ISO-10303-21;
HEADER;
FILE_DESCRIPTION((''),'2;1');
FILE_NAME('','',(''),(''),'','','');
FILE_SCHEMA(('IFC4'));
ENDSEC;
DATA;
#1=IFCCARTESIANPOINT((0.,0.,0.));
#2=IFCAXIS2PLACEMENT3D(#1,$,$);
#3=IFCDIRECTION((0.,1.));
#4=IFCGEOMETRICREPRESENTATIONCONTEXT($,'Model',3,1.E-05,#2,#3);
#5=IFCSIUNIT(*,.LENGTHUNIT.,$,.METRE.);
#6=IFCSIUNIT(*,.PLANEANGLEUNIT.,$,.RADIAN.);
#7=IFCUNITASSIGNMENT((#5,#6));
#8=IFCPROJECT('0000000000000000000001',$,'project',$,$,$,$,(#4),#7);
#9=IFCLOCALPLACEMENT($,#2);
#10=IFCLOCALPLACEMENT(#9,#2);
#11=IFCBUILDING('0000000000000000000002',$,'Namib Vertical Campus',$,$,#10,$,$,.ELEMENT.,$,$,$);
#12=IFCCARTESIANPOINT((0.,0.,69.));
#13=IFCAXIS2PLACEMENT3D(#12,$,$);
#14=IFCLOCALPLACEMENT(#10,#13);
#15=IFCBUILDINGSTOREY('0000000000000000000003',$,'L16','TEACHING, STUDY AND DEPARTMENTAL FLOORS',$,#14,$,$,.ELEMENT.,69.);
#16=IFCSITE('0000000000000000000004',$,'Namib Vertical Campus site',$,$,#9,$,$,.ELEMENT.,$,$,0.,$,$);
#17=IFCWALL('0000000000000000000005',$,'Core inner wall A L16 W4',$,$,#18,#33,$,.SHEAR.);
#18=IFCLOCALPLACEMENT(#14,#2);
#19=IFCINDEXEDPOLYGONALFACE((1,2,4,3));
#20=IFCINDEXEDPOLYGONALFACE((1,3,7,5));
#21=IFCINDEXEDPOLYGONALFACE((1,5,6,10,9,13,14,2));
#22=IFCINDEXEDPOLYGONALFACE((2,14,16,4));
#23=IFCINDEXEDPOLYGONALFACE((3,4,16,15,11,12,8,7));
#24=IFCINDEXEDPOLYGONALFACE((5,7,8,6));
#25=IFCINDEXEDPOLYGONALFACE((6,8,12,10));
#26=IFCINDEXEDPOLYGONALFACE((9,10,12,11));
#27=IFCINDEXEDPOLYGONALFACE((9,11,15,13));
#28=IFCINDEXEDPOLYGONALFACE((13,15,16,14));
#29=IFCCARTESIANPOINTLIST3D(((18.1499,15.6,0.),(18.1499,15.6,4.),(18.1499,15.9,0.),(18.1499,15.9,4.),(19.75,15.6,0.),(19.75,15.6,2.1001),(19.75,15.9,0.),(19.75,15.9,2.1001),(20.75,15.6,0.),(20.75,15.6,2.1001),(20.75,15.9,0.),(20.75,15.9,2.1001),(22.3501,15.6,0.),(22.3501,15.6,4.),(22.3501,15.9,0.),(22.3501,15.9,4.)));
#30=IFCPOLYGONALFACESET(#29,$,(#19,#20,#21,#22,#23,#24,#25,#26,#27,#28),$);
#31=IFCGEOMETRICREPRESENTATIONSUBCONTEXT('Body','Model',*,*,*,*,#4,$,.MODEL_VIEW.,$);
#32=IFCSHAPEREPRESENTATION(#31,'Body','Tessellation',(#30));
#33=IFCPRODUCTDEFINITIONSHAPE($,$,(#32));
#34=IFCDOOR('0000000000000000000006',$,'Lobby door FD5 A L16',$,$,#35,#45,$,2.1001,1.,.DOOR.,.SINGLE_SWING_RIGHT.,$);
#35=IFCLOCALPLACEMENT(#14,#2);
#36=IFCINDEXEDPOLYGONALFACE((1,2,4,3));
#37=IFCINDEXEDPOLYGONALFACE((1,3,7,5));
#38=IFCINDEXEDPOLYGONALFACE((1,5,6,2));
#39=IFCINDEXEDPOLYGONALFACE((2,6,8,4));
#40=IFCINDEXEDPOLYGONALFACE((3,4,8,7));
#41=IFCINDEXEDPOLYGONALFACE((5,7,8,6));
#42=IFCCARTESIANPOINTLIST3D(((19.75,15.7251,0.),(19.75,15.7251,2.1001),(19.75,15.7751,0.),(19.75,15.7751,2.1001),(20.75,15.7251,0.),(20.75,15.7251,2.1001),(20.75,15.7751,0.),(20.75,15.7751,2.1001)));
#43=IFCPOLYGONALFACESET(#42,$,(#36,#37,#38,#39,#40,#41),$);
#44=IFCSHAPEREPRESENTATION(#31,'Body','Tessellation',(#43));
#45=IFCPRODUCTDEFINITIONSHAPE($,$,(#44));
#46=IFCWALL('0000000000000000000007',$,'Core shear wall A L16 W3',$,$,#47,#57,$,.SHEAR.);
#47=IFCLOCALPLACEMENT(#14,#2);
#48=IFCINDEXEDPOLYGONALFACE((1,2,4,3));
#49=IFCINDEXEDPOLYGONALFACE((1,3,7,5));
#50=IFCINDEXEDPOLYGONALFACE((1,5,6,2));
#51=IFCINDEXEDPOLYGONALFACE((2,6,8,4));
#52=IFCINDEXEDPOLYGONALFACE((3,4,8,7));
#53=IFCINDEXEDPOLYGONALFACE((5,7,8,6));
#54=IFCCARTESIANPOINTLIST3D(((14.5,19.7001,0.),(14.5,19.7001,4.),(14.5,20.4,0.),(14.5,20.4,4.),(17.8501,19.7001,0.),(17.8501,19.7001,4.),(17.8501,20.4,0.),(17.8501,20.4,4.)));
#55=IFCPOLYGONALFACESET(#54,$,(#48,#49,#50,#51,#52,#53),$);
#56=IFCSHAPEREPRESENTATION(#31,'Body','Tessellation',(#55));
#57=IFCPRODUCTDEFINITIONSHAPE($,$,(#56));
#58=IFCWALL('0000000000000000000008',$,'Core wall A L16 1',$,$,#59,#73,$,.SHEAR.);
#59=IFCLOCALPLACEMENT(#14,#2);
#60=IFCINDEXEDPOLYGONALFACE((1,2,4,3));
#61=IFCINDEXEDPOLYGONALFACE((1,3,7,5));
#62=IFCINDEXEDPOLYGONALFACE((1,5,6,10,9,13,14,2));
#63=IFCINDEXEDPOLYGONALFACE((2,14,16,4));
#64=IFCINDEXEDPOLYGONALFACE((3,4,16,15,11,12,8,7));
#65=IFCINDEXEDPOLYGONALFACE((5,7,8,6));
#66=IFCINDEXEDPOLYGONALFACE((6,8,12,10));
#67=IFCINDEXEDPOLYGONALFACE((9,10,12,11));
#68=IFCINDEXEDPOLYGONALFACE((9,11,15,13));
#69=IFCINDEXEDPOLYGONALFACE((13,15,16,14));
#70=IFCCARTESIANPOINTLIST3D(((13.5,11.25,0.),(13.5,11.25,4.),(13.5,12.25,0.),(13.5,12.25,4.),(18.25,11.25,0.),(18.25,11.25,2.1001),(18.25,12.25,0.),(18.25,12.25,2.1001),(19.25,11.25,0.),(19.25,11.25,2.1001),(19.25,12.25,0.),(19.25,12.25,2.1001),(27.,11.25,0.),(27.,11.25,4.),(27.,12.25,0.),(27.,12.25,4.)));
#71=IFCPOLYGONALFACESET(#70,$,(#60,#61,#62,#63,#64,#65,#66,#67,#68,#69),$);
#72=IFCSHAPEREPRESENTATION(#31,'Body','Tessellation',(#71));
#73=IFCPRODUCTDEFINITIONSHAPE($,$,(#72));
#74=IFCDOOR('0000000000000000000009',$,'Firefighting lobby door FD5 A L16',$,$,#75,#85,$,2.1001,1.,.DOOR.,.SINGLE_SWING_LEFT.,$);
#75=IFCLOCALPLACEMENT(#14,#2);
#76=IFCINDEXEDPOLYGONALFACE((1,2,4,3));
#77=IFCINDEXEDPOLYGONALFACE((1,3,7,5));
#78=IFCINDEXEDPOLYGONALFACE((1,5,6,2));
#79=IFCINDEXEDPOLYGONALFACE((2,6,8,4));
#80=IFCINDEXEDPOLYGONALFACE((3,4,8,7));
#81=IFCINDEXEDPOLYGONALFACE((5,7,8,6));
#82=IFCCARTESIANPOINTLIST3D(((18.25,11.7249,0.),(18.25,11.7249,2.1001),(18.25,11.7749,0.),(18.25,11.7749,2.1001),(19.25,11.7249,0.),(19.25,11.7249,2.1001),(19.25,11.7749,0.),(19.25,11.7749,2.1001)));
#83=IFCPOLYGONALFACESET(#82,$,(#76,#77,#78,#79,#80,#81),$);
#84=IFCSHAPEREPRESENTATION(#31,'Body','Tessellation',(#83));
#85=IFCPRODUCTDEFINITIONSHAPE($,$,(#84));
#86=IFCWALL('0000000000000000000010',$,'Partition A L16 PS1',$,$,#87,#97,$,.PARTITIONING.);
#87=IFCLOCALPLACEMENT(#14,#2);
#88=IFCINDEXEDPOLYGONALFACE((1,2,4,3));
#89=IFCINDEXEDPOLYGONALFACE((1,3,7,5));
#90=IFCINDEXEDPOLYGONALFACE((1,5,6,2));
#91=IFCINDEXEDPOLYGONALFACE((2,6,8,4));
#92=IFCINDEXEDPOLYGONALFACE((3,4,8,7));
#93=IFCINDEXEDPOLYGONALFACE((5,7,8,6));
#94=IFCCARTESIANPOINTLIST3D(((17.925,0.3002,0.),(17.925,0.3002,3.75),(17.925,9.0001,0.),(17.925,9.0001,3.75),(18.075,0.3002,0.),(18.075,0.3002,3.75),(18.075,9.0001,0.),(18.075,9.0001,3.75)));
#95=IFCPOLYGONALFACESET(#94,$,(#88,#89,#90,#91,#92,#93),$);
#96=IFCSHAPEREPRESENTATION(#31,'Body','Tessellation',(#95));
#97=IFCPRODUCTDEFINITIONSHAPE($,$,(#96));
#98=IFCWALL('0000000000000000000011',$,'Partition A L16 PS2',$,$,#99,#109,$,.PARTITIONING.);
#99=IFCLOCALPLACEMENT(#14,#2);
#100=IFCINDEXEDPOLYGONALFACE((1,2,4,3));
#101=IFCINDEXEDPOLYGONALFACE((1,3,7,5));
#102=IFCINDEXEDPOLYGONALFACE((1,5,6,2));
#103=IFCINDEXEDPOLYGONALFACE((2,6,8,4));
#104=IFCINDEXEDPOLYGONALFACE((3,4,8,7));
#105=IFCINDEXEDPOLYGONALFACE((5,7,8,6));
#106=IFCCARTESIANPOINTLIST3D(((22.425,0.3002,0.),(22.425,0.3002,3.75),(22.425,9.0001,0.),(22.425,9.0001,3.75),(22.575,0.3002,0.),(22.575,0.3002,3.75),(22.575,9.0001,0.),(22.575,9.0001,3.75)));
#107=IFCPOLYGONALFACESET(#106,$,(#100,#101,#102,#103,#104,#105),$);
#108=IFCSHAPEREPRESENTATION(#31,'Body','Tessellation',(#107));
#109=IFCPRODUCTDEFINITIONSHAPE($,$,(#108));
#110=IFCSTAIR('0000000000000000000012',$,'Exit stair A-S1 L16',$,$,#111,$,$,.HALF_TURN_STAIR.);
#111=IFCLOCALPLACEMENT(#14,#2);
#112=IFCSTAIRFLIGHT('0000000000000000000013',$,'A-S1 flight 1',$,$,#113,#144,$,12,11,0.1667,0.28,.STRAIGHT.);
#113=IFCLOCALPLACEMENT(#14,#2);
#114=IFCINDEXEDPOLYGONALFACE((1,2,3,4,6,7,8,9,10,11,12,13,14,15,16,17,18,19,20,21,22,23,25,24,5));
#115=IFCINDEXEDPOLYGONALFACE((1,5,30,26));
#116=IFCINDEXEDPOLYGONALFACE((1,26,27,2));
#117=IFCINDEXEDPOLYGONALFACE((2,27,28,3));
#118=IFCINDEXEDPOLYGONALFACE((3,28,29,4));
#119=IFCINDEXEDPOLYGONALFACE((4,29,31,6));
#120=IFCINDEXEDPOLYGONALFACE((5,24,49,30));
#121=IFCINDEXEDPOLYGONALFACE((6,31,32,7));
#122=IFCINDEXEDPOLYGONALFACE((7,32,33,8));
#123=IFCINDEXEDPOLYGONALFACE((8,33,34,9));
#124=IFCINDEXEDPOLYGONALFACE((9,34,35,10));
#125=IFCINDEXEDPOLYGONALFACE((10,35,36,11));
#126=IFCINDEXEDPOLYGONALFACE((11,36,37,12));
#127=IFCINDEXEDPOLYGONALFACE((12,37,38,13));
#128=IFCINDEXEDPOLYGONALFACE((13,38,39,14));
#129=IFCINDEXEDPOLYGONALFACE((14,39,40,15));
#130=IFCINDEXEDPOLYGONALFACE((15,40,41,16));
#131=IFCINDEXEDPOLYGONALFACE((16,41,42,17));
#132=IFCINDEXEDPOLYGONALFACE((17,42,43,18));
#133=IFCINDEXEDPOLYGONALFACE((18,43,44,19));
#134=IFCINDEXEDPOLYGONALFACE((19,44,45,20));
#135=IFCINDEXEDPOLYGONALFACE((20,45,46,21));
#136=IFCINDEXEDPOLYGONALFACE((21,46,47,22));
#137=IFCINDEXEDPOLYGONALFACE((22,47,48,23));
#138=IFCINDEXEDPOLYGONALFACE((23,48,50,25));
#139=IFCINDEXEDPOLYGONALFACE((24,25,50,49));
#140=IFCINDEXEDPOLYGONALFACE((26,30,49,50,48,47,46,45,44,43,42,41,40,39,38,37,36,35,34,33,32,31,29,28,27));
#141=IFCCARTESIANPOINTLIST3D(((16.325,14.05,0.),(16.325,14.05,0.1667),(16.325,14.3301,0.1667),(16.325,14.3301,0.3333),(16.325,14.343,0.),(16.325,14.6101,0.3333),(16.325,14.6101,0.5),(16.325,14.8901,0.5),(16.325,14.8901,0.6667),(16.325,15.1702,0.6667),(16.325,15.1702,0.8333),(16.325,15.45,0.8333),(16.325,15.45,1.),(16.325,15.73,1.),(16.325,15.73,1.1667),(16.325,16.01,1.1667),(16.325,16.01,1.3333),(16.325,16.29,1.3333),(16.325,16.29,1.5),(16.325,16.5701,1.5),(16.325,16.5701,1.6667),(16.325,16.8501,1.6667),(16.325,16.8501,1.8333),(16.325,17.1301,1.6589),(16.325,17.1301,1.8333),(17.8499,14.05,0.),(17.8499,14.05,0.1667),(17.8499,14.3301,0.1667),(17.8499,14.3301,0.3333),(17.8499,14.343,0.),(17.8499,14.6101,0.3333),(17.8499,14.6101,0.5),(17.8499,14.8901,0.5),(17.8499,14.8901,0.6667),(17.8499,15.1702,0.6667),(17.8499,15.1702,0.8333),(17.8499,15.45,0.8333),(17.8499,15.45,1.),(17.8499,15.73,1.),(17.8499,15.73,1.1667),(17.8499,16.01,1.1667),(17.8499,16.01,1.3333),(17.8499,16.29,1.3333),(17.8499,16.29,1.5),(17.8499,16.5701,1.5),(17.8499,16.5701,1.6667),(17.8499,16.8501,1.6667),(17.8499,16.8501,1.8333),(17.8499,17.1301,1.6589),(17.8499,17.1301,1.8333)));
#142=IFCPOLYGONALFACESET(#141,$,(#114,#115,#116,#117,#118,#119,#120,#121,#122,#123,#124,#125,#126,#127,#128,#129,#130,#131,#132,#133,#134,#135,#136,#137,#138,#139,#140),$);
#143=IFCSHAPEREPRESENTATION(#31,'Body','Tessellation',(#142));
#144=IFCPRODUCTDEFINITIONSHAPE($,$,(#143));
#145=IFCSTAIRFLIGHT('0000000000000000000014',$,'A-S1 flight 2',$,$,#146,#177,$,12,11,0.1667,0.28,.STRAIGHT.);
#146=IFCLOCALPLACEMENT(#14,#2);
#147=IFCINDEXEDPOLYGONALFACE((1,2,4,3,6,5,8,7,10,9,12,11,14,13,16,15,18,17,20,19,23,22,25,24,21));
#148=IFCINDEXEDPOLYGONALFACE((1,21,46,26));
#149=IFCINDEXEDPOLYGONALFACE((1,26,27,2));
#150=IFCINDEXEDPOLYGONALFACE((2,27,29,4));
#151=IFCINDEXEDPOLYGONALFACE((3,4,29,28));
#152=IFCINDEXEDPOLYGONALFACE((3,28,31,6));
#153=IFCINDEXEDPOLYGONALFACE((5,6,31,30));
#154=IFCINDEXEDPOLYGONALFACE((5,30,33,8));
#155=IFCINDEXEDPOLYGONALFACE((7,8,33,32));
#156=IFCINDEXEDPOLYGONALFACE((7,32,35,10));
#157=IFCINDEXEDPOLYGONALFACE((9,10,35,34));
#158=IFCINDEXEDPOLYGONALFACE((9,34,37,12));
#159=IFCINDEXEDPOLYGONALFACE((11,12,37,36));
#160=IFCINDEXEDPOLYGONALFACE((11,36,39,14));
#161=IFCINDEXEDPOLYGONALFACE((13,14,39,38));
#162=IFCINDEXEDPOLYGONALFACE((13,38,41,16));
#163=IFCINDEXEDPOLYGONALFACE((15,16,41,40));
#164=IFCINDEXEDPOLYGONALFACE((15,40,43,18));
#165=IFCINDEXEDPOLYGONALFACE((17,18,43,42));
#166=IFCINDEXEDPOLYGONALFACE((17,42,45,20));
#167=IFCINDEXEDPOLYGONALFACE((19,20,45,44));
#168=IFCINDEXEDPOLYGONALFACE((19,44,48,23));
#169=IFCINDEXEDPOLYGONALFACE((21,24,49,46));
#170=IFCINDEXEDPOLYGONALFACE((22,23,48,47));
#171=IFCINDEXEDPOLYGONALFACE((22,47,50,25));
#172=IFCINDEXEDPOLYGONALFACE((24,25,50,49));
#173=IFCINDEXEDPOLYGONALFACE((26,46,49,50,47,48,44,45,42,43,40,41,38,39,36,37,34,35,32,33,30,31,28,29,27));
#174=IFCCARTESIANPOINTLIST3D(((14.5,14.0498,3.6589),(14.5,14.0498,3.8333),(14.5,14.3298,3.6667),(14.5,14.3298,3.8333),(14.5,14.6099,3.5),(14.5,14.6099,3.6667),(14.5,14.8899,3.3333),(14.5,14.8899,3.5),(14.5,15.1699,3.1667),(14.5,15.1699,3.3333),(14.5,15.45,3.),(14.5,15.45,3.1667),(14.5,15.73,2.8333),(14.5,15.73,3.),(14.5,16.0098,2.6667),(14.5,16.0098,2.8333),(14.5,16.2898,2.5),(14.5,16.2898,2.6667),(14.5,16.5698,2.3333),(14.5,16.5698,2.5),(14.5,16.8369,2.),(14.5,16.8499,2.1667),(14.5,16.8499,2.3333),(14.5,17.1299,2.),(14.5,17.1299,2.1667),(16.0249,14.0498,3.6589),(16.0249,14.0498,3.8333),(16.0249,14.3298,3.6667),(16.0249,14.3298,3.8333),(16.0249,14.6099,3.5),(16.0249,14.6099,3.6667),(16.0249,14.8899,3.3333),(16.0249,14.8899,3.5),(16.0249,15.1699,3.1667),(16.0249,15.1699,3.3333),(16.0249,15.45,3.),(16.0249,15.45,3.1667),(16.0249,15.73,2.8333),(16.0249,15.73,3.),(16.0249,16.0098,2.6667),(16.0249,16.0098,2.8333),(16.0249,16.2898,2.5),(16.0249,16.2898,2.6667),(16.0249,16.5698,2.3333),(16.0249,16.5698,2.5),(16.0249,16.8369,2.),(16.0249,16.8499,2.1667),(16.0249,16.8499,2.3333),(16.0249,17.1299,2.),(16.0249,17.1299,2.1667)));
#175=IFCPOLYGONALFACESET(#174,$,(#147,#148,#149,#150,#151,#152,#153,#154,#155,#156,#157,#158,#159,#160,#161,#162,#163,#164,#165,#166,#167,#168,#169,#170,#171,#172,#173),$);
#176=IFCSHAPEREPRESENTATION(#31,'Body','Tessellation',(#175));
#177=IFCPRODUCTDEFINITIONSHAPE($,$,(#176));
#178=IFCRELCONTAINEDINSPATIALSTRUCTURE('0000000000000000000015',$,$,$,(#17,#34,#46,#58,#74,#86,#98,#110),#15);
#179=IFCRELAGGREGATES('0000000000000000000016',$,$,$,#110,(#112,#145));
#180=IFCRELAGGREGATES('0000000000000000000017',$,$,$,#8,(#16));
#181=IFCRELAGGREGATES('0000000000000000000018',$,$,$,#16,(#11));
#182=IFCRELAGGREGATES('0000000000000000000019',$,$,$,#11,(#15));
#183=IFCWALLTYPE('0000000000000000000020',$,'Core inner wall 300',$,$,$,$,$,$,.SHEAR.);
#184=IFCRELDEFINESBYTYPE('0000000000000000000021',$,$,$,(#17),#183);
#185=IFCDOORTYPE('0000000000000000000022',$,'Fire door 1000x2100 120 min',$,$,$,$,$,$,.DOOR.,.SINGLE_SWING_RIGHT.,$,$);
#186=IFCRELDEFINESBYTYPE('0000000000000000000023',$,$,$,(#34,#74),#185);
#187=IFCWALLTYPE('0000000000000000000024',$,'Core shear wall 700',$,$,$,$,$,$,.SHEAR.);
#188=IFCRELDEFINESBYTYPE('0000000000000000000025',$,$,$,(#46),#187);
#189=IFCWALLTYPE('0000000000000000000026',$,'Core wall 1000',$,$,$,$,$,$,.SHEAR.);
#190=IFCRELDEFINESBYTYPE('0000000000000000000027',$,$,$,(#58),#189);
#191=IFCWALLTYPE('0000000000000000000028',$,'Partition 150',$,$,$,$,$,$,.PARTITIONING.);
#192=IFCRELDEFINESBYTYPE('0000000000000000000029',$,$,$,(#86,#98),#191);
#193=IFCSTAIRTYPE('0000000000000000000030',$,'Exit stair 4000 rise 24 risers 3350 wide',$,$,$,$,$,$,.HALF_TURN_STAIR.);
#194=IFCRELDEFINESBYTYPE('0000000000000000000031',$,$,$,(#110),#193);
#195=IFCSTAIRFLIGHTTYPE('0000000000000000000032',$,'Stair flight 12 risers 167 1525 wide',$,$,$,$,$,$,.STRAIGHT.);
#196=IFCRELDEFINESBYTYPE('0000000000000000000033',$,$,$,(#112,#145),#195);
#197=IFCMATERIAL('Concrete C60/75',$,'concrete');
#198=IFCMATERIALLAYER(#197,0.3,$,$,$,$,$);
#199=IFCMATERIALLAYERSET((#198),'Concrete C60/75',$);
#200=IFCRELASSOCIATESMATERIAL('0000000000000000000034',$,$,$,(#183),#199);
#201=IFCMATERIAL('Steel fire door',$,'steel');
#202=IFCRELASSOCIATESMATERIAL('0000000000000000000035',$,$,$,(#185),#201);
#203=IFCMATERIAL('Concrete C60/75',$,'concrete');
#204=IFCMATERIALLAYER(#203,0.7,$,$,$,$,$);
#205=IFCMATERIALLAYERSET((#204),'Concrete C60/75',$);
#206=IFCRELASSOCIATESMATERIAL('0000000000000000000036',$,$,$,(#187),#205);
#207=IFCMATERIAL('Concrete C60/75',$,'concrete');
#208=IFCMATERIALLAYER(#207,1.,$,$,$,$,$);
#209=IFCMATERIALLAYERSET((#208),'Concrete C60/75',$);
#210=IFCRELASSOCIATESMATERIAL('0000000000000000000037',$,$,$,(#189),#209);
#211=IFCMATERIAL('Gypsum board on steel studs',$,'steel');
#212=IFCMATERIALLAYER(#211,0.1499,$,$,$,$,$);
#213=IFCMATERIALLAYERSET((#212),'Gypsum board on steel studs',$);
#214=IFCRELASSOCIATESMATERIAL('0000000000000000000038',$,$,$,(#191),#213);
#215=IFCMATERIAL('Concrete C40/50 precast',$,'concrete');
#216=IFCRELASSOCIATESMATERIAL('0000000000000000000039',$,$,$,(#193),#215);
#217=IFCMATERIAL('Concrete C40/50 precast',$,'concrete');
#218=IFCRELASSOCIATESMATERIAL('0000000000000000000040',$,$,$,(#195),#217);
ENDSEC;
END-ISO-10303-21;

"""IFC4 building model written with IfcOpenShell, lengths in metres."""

from ifc_helpers import new_model, si_unit, direction, frame, frame_2d, origin, place, context, subcontext, project, spatial, polyline, rectangle, outline, extrude, material, layer, layer_set, type_object, element, fill, aggregate, save


model = new_model("IFC4")

# Units and contexts
model_context = context("Model", 3, precision=1e-05, world=origin(), true_north=direction((0.0, 1.0)))
body_context = subcontext(model_context, "Body", "Model", "MODEL_VIEW")
ifc_project = project(units=[si_unit("LENGTHUNIT", "METRE"), si_unit("PLANEANGLEUNIT", "RADIAN")], contexts=[model_context])

# Site, building, storey
site_placement = place(None, origin())
site = spatial("IfcSite", under=ifc_project, at=site_placement, Name="Namib Vertical Campus site", CompositionType="ELEMENT", RefElevation=0.0)
building_placement = place(site_placement, origin())
building = spatial("IfcBuilding", under=site, at=building_placement, Name="Namib Vertical Campus", CompositionType="ELEMENT")
storey_placement = place(building_placement, frame((0.0, 0.0, 69.0)))
storey = spatial("IfcBuildingStorey", under=building, at=storey_placement, Name="L16", Description="TEACHING, STUDY AND DEPARTMENTAL FLOORS", CompositionType="ELEMENT", Elevation=69.0)

# Shared definitions
ifc_material_1 = material(Name="Concrete C60/75", Category="concrete")
ifc_layer_1 = layer(ifc_material_1, 0.3)
ifc_layer_set_1 = layer_set([ifc_layer_1], Name="Concrete C60/75")
wall_type_1 = type_object("IfcWallType", Name="Core inner wall 300", PredefinedType="SHEAR", material=ifc_layer_set_1)

# Wall, opening, door
wall_1_placement = place(storey_placement, frame((18.1499, 15.75, 0.0), z_axis=(0.0, 0.0, 1.0), x_axis=(1.0, 0.0, 0.0)))
wall_1 = element("IfcWall", 1, at=wall_1_placement, inside=storey, type_object=wall_type_1, Name="Core inner wall A L16 W4", PredefinedType="SHEAR", context=body_context, shape_type="SweptSolid", body=[
    extrude(rectangle(XDim=4.2002, YDim=0.3, at=frame_2d((2.1001, 0.0))), origin(), (0.0, 0.0, 1.0), 4.0),
])
opening_1_placement = place(wall_1_placement, frame((1.6001, 0.0, 0.0)))
opening_1 = element("IfcOpeningElement", 2, at=opening_1_placement, cuts=wall_1, PredefinedType="OPENING", context=body_context, shape_type="SweptSolid", body=[
    extrude(rectangle(XDim=1.0, YDim=2.1001, at=frame_2d((0.5, 1.05))), frame((0.0, 0.1599, 0.0), z_axis=(0.0, -1.0, 0.0), x_axis=(1.0, 0.0, 0.0)), (0.0, 0.0, 1.0), 0.3201),
])
ifc_material_2 = material(Name="Steel fire door", Category="steel")
door_type_1 = type_object("IfcDoorType", Name="Fire door 1000x2100 120 min", OperationType="SINGLE_SWING_RIGHT", PredefinedType="DOOR", material=ifc_material_2)
door_1_placement = place(opening_1_placement, frame((1.0, 0.0, 0.0), z_axis=(0.0, 0.0, 1.0), x_axis=(-1.0, 0.0, 0.0)))
door_1 = element("IfcDoor", 3, at=door_1_placement, inside=storey, type_object=door_type_1, Name="Lobby door FD5 A L16", OperationType="SINGLE_SWING_RIGHT", OverallHeight=2.1001, OverallWidth=1.0, PredefinedType="DOOR", context=body_context, shape_type="SweptSolid", body=[
    extrude(rectangle(XDim=1.0, YDim=2.1001, at=frame_2d((0.5, 1.05))), frame((0.0, 0.0249, 0.0), z_axis=(0.0, -1.0, 0.0), x_axis=(1.0, 0.0, 0.0)), (0.0, 0.0, 1.0), 0.05),
])
fill(opening_1, door_1)

# Wall
ifc_material_3 = material(Name="Concrete C60/75", Category="concrete")
ifc_layer_2 = layer(ifc_material_3, 0.7)
ifc_layer_set_2 = layer_set([ifc_layer_2], Name="Concrete C60/75")
wall_type_2 = type_object("IfcWallType", Name="Core shear wall 700", PredefinedType="SHEAR", material=ifc_layer_set_2)
wall_2_placement = place(storey_placement, frame((14.5, 20.05, 0.0), z_axis=(0.0, 0.0, 1.0), x_axis=(1.0, 0.0, 0.0)))
element("IfcWall", 4, at=wall_2_placement, inside=storey, type_object=wall_type_2, Name="Core shear wall A L16 W3", PredefinedType="SHEAR", context=body_context, shape_type="SweptSolid", body=[
    extrude(rectangle(XDim=3.3501, YDim=0.7, at=frame_2d((1.675, 0.0))), origin(), (0.0, 0.0, 1.0), 4.0),
])

# Wall, opening, door
ifc_material_4 = material(Name="Concrete C60/75", Category="concrete")
ifc_layer_3 = layer(ifc_material_4, 1.0)
ifc_layer_set_3 = layer_set([ifc_layer_3], Name="Concrete C60/75")
wall_type_3 = type_object("IfcWallType", Name="Core wall 1000", PredefinedType="SHEAR", material=ifc_layer_set_3)
wall_3_placement = place(storey_placement, frame((13.5, 11.75, 0.0), z_axis=(0.0, 0.0, 1.0), x_axis=(1.0, 0.0, 0.0)))
wall_3 = element("IfcWall", 5, at=wall_3_placement, inside=storey, type_object=wall_type_3, Name="Core wall A L16 1", PredefinedType="SHEAR", context=body_context, shape_type="SweptSolid", body=[
    extrude(rectangle(XDim=13.5, YDim=1.0, at=frame_2d((6.75, 0.0))), origin(), (0.0, 0.0, 1.0), 4.0),
])
opening_2_placement = place(wall_3_placement, frame((4.75, 0.0, 0.0)))
opening_2 = element("IfcOpeningElement", 6, at=opening_2_placement, cuts=wall_3, PredefinedType="OPENING", context=body_context, shape_type="SweptSolid", body=[
    extrude(rectangle(XDim=1.0, YDim=2.1001, at=frame_2d((0.5, 1.05))), frame((0.0, 0.51, 0.0), z_axis=(0.0, -1.0, 0.0), x_axis=(1.0, 0.0, 0.0)), (0.0, 0.0, 1.0), 1.02),
])
door_2_placement = place(opening_2_placement, origin())
door_2 = element("IfcDoor", 7, at=door_2_placement, inside=storey, type_object=door_type_1, Name="Firefighting lobby door FD5 A L16", OperationType="SINGLE_SWING_LEFT", OverallHeight=2.1001, OverallWidth=1.0, PredefinedType="DOOR", context=body_context, shape_type="SweptSolid", body=[
    extrude(rectangle(XDim=1.0, YDim=2.1001, at=frame_2d((0.5, 1.05))), frame((0.0, 0.0249, 0.0), z_axis=(0.0, -1.0, 0.0), x_axis=(1.0, 0.0, 0.0)), (0.0, 0.0, 1.0), 0.05),
])
fill(opening_2, door_2)

# Walls
ifc_material_5 = material(Name="Gypsum board on steel studs", Category="steel")
ifc_layer_4 = layer(ifc_material_5, 0.1499)
ifc_layer_set_4 = layer_set([ifc_layer_4], Name="Gypsum board on steel studs")
wall_type_4 = type_object("IfcWallType", Name="Partition 150", PredefinedType="PARTITIONING", material=ifc_layer_set_4)
for number, where, z_axis, x_axis, name in (
    (8, (18.0, 0.3, 0.0), (0.0, 0.0, 1.0), (0.0, 1.0, 0.0), "Partition A L16 PS1"),
    (9, (22.5, 0.3, 0.0), (0.0, 0.0, 1.0), (0.0, 1.0, 0.0), "Partition A L16 PS2"),
):
    element("IfcWall", number, at=place(storey_placement, frame(where, z_axis=z_axis, x_axis=x_axis)), inside=storey, type_object=wall_type_4, Name=name, PredefinedType="PARTITIONING", context=body_context, shape_type="SweptSolid", body=[
        extrude(rectangle(XDim=8.7, YDim=0.1499, at=frame_2d((4.3501, 0.0))), origin(), (0.0, 0.0, 1.0), 3.75),
    ])

# Stair, stair flights
ifc_material_6 = material(Name="Concrete C40/50 precast", Category="concrete")
stair_type = type_object("IfcStairType", Name="Exit stair 4000 rise 24 risers 3350 wide", PredefinedType="HALF_TURN_STAIR", material=ifc_material_6)
stair_placement = place(storey_placement, origin())
stair = element("IfcStair", 10, at=stair_placement, inside=storey, type_object=stair_type, Name="Exit stair A-S1 L16", PredefinedType="HALF_TURN_STAIR")
ifc_material_7 = material(Name="Concrete C40/50 precast", Category="concrete")
stair_flight_type = type_object("IfcStairFlightType", Name="Stair flight 12 risers 167 1525 wide", PredefinedType="STRAIGHT", material=ifc_material_7)
stair_flight_1_placement = place(storey_placement, frame((17.0874, 14.05, 0.0), z_axis=(0.0, 0.0, 1.0), x_axis=(0.0, 1.0, 0.0)))
stair_flight_1 = element("IfcStairFlight", 11, at=stair_flight_1_placement, type_object=stair_flight_type, Name="A-S1 flight 1", NumberOfRisers=12, NumberOfTreads=11, PredefinedType="STRAIGHT", RiserHeight=0.1667, TreadLength=0.28, context=body_context, shape_type="SweptSolid", body=[
    extrude(outline(polyline([(0.0, 0.0), (0.0, 0.1667), (0.28, 0.1667), (0.28, 0.3333), (0.5601, 0.3333), (0.5601, 0.5), (0.8401, 0.5), (0.8401, 0.6667), (1.1201, 0.6667), (1.1201, 0.8333), (1.3999, 0.8333), (1.3999, 1.0), (1.6799, 1.0), (1.6799, 1.1667), (1.96, 1.1667), (1.96, 1.3333), (2.24, 1.3333), (2.24, 1.5), (2.52, 1.5), (2.52, 1.6667), (2.8, 1.6667), (2.8, 1.8333), (3.0801, 1.8333), (3.0801, 2.0), (3.0801, 1.6589), (0.293, 0.0), (0.0, 0.0)])), frame((0.0, 0.7625, 0.0), z_axis=(0.0, -1.0, 0.0), x_axis=(1.0, 0.0, 0.0)), (0.0, 0.0, 1.0), 1.5249),
])
stair_flight_2_placement = place(storey_placement, frame((15.2625, 17.1299, 2.0), z_axis=(0.0, 0.0, 1.0), x_axis=(0.0, -1.0, 0.0)))
stair_flight_2 = element("IfcStairFlight", 12, at=stair_flight_2_placement, type_object=stair_flight_type, Name="A-S1 flight 2", NumberOfRisers=12, NumberOfTreads=11, PredefinedType="STRAIGHT", RiserHeight=0.1667, TreadLength=0.28, context=body_context, shape_type="SweptSolid", body=[
    extrude(outline(polyline([(0.0, 0.0), (0.0, 0.1667), (0.28, 0.1667), (0.28, 0.3333), (0.5601, 0.3333), (0.5601, 0.5), (0.8401, 0.5), (0.8401, 0.6667), (1.1201, 0.6667), (1.1201, 0.8333), (1.3999, 0.8333), (1.3999, 1.0), (1.6799, 1.0), (1.6799, 1.1667), (1.96, 1.1667), (1.96, 1.3333), (2.24, 1.3333), (2.24, 1.5), (2.52, 1.5), (2.52, 1.6667), (2.8, 1.6667), (2.8, 1.8333), (3.0801, 1.8333), (3.0801, 2.0), (3.0801, 1.6589), (0.293, 0.0), (0.0, 0.0)])), frame((0.0, 0.7625, 0.0), z_axis=(0.0, -1.0, 0.0), x_axis=(1.0, 0.0, 0.0)), (0.0, 0.0, 1.0), 1.5249),
])
aggregate(stair, [stair_flight_1, stair_flight_2])

save(model, "model.ifc")
